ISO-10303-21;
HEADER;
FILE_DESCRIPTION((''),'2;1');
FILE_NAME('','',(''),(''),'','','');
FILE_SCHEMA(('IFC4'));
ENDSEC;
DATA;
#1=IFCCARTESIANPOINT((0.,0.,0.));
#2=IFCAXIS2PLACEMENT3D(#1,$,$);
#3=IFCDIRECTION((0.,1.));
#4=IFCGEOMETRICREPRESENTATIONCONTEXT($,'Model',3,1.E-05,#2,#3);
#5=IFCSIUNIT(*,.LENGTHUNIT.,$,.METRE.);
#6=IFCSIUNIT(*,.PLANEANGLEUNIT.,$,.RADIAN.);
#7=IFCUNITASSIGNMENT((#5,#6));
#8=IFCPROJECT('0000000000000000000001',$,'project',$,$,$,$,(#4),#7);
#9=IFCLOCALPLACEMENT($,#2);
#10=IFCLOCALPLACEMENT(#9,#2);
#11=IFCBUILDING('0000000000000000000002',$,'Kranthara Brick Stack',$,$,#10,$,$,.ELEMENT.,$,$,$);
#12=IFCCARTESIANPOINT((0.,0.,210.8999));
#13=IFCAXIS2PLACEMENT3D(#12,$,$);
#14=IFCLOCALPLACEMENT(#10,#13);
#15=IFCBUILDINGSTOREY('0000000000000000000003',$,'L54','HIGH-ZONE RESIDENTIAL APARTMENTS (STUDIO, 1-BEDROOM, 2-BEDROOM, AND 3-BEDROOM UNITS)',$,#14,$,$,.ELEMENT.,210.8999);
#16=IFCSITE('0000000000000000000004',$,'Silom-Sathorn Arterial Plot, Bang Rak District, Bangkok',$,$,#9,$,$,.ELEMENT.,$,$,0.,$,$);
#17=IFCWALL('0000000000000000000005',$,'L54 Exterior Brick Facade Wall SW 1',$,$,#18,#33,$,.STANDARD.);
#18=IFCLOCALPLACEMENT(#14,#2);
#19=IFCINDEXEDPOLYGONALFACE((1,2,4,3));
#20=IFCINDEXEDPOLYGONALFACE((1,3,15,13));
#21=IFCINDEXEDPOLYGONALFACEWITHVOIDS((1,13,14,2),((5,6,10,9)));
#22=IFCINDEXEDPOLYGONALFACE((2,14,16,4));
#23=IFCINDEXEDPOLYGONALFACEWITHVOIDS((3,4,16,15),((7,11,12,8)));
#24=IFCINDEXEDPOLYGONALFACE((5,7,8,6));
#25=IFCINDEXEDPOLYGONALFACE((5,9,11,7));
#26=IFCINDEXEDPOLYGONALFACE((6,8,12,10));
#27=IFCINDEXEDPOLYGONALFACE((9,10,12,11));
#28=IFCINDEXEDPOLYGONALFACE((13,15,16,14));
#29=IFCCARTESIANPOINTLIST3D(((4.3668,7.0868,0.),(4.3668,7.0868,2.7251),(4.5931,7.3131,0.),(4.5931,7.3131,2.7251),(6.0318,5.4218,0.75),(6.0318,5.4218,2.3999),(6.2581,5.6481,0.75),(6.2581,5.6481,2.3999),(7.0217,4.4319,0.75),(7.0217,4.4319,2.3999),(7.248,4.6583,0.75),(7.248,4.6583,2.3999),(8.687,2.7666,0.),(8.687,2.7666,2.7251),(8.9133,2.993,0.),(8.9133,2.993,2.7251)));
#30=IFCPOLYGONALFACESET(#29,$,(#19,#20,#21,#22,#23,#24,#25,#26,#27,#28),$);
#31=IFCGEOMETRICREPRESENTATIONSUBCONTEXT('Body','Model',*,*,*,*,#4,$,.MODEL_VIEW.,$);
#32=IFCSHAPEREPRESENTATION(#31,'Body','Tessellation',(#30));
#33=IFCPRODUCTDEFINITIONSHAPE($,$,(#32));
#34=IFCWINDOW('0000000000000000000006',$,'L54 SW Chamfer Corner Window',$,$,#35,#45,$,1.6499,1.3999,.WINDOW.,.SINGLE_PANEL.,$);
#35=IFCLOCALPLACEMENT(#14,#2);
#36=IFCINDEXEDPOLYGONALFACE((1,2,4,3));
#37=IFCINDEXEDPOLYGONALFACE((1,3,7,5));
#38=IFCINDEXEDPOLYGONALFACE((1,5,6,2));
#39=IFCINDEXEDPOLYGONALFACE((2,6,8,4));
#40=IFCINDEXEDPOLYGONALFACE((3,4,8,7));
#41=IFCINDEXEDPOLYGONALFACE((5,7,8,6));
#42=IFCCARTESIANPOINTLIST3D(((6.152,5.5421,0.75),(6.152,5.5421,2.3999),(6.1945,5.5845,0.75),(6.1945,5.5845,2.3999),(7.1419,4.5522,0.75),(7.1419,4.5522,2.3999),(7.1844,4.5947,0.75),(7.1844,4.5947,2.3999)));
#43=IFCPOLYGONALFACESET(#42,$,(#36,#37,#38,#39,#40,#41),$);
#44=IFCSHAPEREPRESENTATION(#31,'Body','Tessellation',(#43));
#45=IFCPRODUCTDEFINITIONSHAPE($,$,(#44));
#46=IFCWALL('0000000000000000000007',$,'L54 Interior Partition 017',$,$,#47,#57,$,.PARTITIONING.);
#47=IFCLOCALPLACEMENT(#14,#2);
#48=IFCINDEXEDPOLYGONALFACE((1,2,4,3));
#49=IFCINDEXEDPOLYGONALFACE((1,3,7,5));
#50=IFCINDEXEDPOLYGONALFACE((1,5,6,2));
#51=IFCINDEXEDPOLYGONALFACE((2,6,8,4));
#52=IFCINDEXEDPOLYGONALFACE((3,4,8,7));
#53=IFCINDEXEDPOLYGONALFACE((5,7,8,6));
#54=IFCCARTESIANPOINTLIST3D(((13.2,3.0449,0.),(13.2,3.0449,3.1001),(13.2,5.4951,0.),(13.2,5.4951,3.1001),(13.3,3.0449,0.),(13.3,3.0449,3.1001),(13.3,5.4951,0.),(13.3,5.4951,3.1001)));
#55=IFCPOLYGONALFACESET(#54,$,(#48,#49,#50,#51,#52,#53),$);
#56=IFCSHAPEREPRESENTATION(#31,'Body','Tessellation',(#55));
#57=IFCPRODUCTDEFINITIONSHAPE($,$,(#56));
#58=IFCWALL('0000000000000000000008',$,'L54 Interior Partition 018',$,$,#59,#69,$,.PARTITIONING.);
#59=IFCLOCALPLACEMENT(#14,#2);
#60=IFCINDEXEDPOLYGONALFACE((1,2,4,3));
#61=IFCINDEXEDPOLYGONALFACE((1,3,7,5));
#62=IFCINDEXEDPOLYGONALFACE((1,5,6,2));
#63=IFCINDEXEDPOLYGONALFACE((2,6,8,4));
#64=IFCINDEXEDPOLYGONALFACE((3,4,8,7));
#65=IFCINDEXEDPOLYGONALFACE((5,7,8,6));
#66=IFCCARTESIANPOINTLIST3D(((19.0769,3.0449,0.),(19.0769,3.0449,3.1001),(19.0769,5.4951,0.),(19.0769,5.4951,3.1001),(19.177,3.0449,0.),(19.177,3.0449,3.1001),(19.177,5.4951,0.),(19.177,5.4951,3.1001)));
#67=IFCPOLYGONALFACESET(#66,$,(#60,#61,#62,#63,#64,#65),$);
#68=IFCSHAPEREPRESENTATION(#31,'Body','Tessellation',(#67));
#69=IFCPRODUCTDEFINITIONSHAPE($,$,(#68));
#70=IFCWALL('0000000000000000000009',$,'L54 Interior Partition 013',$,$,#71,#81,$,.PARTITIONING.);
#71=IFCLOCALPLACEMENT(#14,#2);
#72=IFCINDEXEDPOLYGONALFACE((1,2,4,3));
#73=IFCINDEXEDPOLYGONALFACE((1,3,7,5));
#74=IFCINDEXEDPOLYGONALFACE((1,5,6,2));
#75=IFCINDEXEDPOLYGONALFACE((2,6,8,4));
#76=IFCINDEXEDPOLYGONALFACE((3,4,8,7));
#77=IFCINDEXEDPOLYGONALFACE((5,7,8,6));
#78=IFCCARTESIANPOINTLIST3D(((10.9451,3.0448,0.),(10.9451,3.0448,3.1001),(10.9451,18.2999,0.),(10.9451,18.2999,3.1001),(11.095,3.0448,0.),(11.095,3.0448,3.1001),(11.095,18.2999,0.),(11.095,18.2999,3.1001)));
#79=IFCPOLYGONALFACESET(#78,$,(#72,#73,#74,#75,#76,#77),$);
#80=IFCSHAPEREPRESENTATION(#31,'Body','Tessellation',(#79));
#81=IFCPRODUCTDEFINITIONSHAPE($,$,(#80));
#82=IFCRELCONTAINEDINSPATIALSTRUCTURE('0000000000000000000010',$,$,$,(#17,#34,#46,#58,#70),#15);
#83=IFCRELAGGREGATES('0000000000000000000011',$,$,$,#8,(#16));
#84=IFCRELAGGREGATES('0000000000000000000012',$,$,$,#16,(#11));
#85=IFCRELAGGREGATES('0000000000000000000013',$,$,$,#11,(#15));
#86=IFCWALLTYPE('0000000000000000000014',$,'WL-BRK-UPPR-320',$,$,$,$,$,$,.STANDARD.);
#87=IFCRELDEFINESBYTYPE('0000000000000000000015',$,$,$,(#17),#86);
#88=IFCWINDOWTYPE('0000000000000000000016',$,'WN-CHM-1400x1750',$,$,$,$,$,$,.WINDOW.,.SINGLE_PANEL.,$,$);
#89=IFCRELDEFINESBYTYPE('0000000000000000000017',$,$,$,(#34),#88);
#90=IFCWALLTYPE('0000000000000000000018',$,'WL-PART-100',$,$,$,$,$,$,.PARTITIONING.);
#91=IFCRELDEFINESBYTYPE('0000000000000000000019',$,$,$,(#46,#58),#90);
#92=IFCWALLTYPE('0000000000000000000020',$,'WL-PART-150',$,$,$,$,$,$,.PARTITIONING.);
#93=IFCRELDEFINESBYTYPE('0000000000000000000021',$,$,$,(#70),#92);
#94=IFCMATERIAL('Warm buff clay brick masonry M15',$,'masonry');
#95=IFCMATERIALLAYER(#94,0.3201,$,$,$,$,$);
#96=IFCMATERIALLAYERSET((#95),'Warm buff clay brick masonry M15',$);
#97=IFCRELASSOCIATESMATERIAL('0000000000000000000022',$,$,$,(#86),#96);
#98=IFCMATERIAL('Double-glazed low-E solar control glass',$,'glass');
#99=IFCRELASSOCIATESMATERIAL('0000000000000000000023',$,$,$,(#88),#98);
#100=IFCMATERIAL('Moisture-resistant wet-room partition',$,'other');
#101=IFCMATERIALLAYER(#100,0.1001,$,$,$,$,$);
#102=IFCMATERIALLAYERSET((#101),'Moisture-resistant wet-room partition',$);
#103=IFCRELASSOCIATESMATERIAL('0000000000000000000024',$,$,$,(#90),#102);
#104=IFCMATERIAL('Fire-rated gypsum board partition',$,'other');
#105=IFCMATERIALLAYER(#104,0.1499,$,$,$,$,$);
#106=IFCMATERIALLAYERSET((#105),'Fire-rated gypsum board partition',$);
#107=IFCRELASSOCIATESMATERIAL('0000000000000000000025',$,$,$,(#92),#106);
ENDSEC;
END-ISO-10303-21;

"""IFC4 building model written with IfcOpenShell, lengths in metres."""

from ifc_helpers import new_model, si_unit, direction, frame, frame_2d, origin, place, context, subcontext, project, spatial, rectangle, extrude, material, layer, layer_set, type_object, element, fill, save


model = new_model("IFC4")

# Units and contexts
model_context = context("Model", 3, precision=1e-05, world=origin(), true_north=direction((0.0, 1.0)))
body_context = subcontext(model_context, "Body", "Model", "MODEL_VIEW")
ifc_project = project(units=[si_unit("LENGTHUNIT", "METRE"), si_unit("PLANEANGLEUNIT", "RADIAN")], contexts=[model_context])

# Site, building, storey
site_placement = place(None, origin())
site = spatial("IfcSite", under=ifc_project, at=site_placement, Name="Silom-Sathorn Arterial Plot, Bang Rak District, Bangkok", CompositionType="ELEMENT", RefElevation=0.0)
building_placement = place(site_placement, origin())
building = spatial("IfcBuilding", under=site, at=building_placement, Name="Kranthara Brick Stack", CompositionType="ELEMENT")
storey_placement = place(building_placement, frame((0.0, 0.0, 210.8999)))
storey = spatial("IfcBuildingStorey", under=building, at=storey_placement, Name="L54", Description="HIGH-ZONE RESIDENTIAL APARTMENTS (STUDIO, 1-BEDROOM, 2-BEDROOM, AND 3-BEDROOM UNITS)", CompositionType="ELEMENT", Elevation=210.8999)

# Wall, opening, window
ifc_material_1 = material(Name="Warm buff clay brick masonry M15", Category="masonry")
ifc_layer_1 = layer(ifc_material_1, 0.3201)
ifc_layer_set_1 = layer_set([ifc_layer_1], Name="Warm buff clay brick masonry M15")
wall_type_1 = type_object("IfcWallType", Name="WL-BRK-UPPR-320", PredefinedType="STANDARD", material=ifc_layer_set_1)
wall_1_placement = place(storey_placement, frame((8.8, 2.8799, 0.0), z_axis=(0.0, 0.0, 1.0), x_axis=(-0.707107, 0.707107, 0.0)))
wall_1 = element("IfcWall", 1, at=wall_1_placement, inside=storey, type_object=wall_type_1, Name="L54 Exterior Brick Facade Wall SW 1", PredefinedType="STANDARD", context=body_context, shape_type="SweptSolid", body=[
    extrude(rectangle(XDim=6.1096, YDim=0.3201, at=frame_2d((3.0547, 0.0))), origin(), (0.0, 0.0, 1.0), 2.7251),
])
opening_placement = place(wall_1_placement, frame((2.355, 0.0, 0.75)))
opening = element("IfcOpeningElement", 2, at=opening_placement, cuts=wall_1, PredefinedType="OPENING", context=body_context, shape_type="SweptSolid", body=[
    extrude(rectangle(XDim=1.3999, YDim=1.6499, at=frame_2d((0.7, 0.825))), frame((0.0, 0.1699, 0.0), z_axis=(0.0, -1.0, 0.0), x_axis=(1.0, 0.0, 0.0)), (0.0, 0.0, 1.0), 0.3401),
])
ifc_material_2 = material(Name="Double-glazed low-E solar control glass", Category="glass")
window_type = type_object("IfcWindowType", Name="WN-CHM-1400x1750", PartitioningType="SINGLE_PANEL", PredefinedType="WINDOW", material=ifc_material_2)
window_placement = place(opening_placement, origin())
window = element("IfcWindow", 3, at=window_placement, inside=storey, type_object=window_type, Name="L54 SW Chamfer Corner Window", OverallHeight=1.6499, OverallWidth=1.3999, PartitioningType="SINGLE_PANEL", PredefinedType="WINDOW", context=body_context, shape_type="SweptSolid", body=[
    extrude(rectangle(XDim=1.3999, YDim=1.6499, at=frame_2d((0.7, 0.825))), frame((0.0, -0.01, 0.0), z_axis=(0.0, -1.0, 0.0), x_axis=(1.0, 0.0, 0.0)), (0.0, 0.0, 1.0), 0.0601),
])
fill(opening, window)

# Walls
ifc_material_3 = material(Name="Moisture-resistant wet-room partition", Category="other")
ifc_layer_2 = layer(ifc_material_3, 0.1001)
ifc_layer_set_2 = layer_set([ifc_layer_2], Name="Moisture-resistant wet-room partition")
wall_type_2 = type_object("IfcWallType", Name="WL-PART-100", PredefinedType="PARTITIONING", material=ifc_layer_set_2)
for number, where, z_axis, x_axis, name in (
    (4, (13.25, 3.0449, 0.0), (0.0, 0.0, 1.0), (0.0, 1.0, 0.0), "L54 Interior Partition 017"),
    (5, (19.127, 3.0449, 0.0), (0.0, 0.0, 1.0), (0.0, 1.0, 0.0), "L54 Interior Partition 018"),
):
    element("IfcWall", number, at=place(storey_placement, frame(where, z_axis=z_axis, x_axis=x_axis)), inside=storey, type_object=wall_type_2, Name=name, PredefinedType="PARTITIONING", context=body_context, shape_type="SweptSolid", body=[
        extrude(rectangle(XDim=2.4502, YDim=0.1001, at=frame_2d((1.2251, 0.0))), origin(), (0.0, 0.0, 1.0), 3.1001),
    ])
ifc_material_4 = material(Name="Fire-rated gypsum board partition", Category="other")
ifc_layer_3 = layer(ifc_material_4, 0.1499)
ifc_layer_set_3 = layer_set([ifc_layer_3], Name="Fire-rated gypsum board partition")
wall_type_3 = type_object("IfcWallType", Name="WL-PART-150", PredefinedType="PARTITIONING", material=ifc_layer_set_3)
wall_2_placement = place(storey_placement, frame((11.02, 3.0449, 0.0), z_axis=(0.0, 0.0, 1.0), x_axis=(0.0, 1.0, 0.0)))
element("IfcWall", 6, at=wall_2_placement, inside=storey, type_object=wall_type_3, Name="L54 Interior Partition 013", PredefinedType="PARTITIONING", context=body_context, shape_type="SweptSolid", body=[
    extrude(rectangle(XDim=15.2551, YDim=0.1499, at=frame_2d((7.6274, 0.0))), origin(), (0.0, 0.0, 1.0), 3.1001),
])

save(model, "model.ifc")
